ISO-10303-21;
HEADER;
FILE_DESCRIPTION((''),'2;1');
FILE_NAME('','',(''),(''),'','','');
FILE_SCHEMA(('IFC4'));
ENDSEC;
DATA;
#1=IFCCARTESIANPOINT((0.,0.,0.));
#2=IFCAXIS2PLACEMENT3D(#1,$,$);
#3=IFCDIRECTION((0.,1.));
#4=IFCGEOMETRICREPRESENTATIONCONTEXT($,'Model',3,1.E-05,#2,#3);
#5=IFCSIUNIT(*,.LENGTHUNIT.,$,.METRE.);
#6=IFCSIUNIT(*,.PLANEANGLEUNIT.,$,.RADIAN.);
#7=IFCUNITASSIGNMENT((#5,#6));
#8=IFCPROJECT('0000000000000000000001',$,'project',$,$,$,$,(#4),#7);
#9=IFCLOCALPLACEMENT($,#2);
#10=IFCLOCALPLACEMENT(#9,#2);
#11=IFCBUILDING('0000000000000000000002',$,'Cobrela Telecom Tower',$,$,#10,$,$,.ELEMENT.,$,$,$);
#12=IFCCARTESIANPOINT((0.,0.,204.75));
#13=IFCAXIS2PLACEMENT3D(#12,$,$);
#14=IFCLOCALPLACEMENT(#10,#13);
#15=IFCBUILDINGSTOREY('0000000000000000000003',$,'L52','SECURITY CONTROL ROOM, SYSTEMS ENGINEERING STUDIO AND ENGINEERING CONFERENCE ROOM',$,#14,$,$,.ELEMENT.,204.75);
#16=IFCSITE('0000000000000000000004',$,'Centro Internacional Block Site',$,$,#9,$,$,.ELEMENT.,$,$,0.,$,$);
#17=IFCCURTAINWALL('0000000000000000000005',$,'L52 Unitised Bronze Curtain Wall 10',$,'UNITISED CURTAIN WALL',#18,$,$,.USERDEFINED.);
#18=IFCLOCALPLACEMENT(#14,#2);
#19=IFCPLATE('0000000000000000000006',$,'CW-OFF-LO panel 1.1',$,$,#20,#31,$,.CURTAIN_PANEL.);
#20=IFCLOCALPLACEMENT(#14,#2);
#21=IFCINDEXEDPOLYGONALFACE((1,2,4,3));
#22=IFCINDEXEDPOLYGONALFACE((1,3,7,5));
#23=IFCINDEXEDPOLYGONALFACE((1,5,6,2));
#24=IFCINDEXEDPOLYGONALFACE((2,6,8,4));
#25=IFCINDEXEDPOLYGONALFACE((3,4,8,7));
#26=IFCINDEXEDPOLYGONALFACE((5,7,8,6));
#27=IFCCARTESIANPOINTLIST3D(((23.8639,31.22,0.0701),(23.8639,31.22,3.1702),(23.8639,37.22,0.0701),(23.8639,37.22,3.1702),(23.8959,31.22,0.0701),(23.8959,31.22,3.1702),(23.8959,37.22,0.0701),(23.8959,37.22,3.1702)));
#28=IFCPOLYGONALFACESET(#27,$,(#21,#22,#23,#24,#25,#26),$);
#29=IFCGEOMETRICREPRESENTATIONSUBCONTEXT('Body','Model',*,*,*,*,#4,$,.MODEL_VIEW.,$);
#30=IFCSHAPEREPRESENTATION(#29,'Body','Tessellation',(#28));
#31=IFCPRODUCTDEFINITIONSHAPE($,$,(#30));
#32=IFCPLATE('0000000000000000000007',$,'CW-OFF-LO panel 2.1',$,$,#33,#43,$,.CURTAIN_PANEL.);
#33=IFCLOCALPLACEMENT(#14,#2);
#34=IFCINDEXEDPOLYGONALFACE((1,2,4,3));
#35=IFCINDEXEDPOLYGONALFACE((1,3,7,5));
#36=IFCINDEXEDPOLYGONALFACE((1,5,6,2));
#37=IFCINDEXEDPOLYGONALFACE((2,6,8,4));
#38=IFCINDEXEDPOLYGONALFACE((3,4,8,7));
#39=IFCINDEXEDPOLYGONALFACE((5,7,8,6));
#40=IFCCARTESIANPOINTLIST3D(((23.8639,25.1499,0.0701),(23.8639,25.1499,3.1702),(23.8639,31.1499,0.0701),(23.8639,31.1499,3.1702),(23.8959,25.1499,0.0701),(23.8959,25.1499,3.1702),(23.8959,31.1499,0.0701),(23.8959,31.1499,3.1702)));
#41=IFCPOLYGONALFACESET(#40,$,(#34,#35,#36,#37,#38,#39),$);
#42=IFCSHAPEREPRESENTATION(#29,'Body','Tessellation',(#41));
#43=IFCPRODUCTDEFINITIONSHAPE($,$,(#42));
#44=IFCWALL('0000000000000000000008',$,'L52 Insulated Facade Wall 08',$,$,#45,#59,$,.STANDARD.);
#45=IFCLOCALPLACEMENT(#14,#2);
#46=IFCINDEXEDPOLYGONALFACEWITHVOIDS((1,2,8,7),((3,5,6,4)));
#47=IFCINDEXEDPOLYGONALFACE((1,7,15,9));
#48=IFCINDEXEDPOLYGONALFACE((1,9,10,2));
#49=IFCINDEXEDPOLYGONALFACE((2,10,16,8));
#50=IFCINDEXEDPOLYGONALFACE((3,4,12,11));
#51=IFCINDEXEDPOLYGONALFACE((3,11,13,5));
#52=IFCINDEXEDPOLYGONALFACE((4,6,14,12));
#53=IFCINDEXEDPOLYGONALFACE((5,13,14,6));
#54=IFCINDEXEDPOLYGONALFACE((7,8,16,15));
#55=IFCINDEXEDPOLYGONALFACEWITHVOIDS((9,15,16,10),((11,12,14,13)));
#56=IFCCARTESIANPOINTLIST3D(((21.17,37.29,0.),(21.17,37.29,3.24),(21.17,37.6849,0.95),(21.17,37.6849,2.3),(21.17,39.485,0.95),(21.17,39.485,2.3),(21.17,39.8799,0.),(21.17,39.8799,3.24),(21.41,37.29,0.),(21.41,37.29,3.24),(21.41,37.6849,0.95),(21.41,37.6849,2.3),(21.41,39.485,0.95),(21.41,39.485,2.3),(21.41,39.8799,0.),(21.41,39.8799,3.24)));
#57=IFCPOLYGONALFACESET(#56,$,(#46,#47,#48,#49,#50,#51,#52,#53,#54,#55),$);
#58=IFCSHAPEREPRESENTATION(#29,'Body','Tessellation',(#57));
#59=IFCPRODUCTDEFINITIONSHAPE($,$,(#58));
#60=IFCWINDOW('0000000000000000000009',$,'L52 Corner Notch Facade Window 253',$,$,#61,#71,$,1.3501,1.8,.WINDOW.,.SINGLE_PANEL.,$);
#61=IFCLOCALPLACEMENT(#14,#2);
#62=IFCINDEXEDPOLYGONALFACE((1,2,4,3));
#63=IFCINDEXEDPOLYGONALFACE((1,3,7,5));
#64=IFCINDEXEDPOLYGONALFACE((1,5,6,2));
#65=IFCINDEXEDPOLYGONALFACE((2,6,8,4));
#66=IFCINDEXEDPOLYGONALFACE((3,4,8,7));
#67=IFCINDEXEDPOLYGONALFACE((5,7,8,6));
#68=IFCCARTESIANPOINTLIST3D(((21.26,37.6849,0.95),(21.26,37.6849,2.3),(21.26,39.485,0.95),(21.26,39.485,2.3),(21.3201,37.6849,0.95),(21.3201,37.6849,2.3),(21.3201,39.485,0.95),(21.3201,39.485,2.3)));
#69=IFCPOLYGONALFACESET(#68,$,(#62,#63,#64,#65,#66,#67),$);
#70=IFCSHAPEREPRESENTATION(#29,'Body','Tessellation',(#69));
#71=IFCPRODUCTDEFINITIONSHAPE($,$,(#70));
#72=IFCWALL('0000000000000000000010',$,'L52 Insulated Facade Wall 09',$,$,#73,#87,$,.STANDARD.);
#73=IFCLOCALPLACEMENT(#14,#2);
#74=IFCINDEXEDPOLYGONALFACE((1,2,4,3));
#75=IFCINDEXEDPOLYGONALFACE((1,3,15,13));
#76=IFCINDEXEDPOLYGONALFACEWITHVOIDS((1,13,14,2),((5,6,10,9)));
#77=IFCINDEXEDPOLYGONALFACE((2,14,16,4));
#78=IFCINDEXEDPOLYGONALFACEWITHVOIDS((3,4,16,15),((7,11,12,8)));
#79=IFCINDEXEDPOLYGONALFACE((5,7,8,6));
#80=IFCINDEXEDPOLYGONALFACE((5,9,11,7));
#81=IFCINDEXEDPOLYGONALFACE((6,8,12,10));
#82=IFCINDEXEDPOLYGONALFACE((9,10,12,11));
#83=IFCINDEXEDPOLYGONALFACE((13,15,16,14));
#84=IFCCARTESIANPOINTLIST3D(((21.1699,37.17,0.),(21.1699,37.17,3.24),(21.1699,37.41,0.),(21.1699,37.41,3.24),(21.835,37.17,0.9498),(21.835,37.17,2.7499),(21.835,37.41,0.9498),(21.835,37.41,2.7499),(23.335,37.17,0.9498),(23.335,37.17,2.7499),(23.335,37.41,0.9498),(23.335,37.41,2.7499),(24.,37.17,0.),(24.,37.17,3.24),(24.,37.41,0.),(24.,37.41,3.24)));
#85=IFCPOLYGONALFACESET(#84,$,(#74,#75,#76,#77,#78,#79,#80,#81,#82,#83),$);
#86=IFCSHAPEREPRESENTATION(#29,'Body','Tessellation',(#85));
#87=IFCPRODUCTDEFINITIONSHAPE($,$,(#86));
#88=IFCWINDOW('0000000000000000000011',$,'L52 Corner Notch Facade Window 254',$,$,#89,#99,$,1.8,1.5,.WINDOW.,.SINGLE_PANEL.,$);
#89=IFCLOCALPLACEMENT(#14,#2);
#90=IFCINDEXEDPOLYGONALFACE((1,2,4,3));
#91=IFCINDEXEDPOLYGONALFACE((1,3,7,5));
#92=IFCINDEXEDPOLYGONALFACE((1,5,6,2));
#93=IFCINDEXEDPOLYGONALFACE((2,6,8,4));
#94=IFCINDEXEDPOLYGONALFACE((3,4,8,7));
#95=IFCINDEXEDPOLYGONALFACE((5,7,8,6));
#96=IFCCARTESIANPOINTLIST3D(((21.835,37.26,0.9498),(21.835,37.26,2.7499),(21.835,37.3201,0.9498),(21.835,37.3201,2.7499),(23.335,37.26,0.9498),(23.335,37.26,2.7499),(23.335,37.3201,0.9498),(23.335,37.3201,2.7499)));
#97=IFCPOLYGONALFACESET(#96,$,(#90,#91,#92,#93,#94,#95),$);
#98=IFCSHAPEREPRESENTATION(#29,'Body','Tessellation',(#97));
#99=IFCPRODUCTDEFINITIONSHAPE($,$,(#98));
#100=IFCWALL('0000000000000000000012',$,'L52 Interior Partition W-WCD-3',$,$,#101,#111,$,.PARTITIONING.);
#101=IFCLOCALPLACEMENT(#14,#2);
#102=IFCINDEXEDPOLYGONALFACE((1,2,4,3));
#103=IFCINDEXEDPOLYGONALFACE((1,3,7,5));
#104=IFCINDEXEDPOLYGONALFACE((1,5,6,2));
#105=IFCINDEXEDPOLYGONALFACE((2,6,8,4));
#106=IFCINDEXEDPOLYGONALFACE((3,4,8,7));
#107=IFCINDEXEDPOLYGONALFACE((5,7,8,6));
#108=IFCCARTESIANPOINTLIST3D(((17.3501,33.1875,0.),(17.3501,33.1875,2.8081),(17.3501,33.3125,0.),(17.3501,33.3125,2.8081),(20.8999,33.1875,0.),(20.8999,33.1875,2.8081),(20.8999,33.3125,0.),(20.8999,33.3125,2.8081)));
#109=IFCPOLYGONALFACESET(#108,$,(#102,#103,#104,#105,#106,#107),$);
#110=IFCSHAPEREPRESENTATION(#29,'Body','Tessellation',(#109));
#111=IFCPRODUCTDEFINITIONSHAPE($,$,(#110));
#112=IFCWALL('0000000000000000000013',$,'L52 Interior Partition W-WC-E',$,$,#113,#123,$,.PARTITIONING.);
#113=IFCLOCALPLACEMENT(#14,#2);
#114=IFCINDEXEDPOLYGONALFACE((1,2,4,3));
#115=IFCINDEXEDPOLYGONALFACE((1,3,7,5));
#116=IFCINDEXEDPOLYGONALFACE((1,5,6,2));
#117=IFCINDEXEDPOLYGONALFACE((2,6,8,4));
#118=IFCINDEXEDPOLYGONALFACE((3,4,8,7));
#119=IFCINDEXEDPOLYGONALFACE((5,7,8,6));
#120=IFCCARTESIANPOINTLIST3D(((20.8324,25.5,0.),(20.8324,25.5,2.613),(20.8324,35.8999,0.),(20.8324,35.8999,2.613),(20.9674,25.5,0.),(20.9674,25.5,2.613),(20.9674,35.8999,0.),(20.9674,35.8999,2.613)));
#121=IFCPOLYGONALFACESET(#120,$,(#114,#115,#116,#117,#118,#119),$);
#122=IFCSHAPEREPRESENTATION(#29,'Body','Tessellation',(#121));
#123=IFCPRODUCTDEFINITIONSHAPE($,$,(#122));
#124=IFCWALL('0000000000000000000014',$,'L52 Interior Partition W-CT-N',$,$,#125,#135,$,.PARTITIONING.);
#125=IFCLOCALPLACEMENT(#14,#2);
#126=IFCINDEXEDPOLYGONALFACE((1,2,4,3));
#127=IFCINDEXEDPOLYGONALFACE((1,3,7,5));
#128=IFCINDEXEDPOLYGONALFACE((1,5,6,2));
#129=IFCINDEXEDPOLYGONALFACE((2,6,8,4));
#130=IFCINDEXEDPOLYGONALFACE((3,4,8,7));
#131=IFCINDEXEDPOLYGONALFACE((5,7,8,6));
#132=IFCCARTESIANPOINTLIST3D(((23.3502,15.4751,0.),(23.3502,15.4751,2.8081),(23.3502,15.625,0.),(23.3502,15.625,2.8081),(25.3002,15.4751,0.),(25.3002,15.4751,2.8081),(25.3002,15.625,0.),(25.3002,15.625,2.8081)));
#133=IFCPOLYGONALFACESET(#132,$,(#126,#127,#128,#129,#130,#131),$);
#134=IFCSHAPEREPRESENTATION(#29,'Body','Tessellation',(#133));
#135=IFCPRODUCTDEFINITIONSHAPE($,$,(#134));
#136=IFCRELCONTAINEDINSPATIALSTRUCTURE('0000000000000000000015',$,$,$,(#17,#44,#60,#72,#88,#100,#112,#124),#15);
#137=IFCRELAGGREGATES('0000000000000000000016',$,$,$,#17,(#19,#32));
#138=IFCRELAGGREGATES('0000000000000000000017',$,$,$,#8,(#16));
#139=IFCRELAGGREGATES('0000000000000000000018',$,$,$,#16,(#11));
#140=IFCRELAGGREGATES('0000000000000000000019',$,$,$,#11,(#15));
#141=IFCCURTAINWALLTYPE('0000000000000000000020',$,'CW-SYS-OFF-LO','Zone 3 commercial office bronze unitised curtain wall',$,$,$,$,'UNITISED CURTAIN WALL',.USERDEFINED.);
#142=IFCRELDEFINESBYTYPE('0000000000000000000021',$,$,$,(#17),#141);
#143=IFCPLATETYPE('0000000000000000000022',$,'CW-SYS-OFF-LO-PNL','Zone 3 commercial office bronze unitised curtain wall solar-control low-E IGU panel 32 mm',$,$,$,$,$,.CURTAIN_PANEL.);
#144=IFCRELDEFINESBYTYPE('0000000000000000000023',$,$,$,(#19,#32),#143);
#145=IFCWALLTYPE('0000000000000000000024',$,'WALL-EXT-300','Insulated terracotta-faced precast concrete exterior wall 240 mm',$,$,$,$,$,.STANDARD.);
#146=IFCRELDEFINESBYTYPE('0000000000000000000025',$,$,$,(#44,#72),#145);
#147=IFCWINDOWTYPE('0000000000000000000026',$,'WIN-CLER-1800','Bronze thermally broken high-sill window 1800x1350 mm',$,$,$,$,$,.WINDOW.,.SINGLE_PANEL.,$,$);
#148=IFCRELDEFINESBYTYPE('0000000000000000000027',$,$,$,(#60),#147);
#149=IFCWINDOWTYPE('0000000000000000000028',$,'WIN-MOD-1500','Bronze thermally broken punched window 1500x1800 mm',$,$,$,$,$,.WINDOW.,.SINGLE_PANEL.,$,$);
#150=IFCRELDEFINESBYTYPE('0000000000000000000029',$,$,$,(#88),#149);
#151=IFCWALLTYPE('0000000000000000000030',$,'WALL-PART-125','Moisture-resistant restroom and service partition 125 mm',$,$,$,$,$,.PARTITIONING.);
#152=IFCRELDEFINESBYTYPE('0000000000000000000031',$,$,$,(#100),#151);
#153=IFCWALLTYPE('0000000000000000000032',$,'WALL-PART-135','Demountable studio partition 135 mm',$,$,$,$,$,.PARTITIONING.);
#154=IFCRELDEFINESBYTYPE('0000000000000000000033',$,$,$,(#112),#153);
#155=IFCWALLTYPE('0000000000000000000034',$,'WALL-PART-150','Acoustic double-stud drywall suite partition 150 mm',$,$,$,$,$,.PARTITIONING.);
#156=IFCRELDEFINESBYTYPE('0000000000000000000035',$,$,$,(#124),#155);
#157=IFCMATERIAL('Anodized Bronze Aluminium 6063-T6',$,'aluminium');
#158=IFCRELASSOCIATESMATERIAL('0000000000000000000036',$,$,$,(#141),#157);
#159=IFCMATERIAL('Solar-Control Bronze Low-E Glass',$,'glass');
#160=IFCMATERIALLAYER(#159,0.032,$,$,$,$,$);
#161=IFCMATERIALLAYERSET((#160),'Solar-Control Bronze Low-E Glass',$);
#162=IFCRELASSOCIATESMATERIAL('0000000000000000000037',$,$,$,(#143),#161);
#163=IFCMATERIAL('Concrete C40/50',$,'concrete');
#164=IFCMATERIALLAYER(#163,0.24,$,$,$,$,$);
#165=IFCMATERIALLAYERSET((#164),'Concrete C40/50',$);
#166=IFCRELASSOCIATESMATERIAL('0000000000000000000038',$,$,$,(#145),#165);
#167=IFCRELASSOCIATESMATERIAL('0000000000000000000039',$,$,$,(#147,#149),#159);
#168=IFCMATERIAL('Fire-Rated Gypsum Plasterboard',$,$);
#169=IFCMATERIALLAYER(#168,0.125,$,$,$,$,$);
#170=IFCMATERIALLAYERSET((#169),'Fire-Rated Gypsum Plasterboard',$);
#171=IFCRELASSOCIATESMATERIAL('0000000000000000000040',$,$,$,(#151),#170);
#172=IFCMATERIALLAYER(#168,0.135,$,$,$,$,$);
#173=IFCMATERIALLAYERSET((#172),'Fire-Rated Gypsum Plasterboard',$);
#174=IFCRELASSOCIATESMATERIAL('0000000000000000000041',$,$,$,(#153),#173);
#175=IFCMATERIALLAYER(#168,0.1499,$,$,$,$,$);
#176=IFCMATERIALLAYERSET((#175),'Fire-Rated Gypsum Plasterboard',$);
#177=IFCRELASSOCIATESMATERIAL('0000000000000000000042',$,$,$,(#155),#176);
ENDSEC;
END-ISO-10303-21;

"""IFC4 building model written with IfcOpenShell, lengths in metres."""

from ifc_helpers import new_model, si_unit, direction, frame, frame_2d, origin, origin_2d, place, context, subcontext, project, spatial, rectangle, extrude, material, layer, layer_set, type_object, element, fill, aggregate, save


model = new_model("IFC4")

# Units and contexts
model_context = context("Model", 3, precision=1e-05, world=origin(), true_north=direction((0.0, 1.0)))
body_context = subcontext(model_context, "Body", "Model", "MODEL_VIEW")
ifc_project = project(units=[si_unit("LENGTHUNIT", "METRE"), si_unit("PLANEANGLEUNIT", "RADIAN")], contexts=[model_context])

# Site, building, storey
site_placement = place(None, origin())
site = spatial("IfcSite", under=ifc_project, at=site_placement, Name="Centro Internacional Block Site", CompositionType="ELEMENT", RefElevation=0.0)
building_placement = place(site_placement, origin())
building = spatial("IfcBuilding", under=site, at=building_placement, Name="Cobrela Telecom Tower", CompositionType="ELEMENT")
storey_placement = place(building_placement, frame((0.0, 0.0, 204.75)))
storey = spatial("IfcBuildingStorey", under=building, at=storey_placement, Name="L52", Description="SECURITY CONTROL ROOM, SYSTEMS ENGINEERING STUDIO AND ENGINEERING CONFERENCE ROOM", CompositionType="ELEMENT", Elevation=204.75)

# Shared definitions
ifc_material_1 = material(Name="Anodized Bronze Aluminium 6063-T6", Category="aluminium")
curtain_wall_type = type_object("IfcCurtainWallType", Name="CW-SYS-OFF-LO", Description="Zone 3 commercial office bronze unitised curtain wall", ElementType="UNITISED CURTAIN WALL", PredefinedType="USERDEFINED", material=ifc_material_1)

# Curtain wall
curtain_wall_1_placement = place(storey_placement, origin())
curtain_wall_1 = element("IfcCurtainWall", 1, at=curtain_wall_1_placement, inside=storey, type_object=curtain_wall_type, Name="L52 Unitised Bronze Curtain Wall 10", ObjectType="UNITISED CURTAIN WALL", PredefinedType="USERDEFINED")

# Plates
ifc_material_2 = material(Name="Solar-Control Bronze Low-E Glass", Category="glass")
ifc_layer_1 = layer(ifc_material_2, 0.032)
ifc_layer_set_1 = layer_set([ifc_layer_1], Name="Solar-Control Bronze Low-E Glass")
plate_type = type_object("IfcPlateType", Name="CW-SYS-OFF-LO-PNL", Description="Zone 3 commercial office bronze unitised curtain wall solar-control low-E IGU panel 32 mm", PredefinedType="CURTAIN_PANEL", material=ifc_layer_set_1)
plate_1_placement = place(storey_placement, frame((23.8799, 34.22, 0.0701), z_axis=(0.0, 0.0, 1.0), x_axis=(0.0, -1.0, 0.0)))
plate_1 = element("IfcPlate", 2, at=plate_1_placement, type_object=plate_type, Name="CW-OFF-LO panel 1.1", PredefinedType="CURTAIN_PANEL", context=body_context, shape_type="SweptSolid", body=[
    extrude(rectangle(XDim=6.0, YDim=0.032, at=origin_2d()), origin(), (0.0, 0.0, 1.0), 3.1001),
])
plate_2_placement = place(storey_placement, frame((23.8799, 28.1499, 0.0701), z_axis=(0.0, 0.0, 1.0), x_axis=(0.0, -1.0, 0.0)))
plate_2 = element("IfcPlate", 3, at=plate_2_placement, type_object=plate_type, Name="CW-OFF-LO panel 2.1", PredefinedType="CURTAIN_PANEL", context=body_context, shape_type="SweptSolid", body=[
    extrude(rectangle(XDim=6.0, YDim=0.032, at=origin_2d()), origin(), (0.0, 0.0, 1.0), 3.1001),
])
aggregate(curtain_wall_1, [plate_1, plate_2])

# Walls, openings, windows
ifc_material_3 = material(Name="Concrete C40/50", Category="concrete")
ifc_layer_2 = layer(ifc_material_3, 0.24)
ifc_layer_set_2 = layer_set([ifc_layer_2], Name="Concrete C40/50")
wall_type_1 = type_object("IfcWallType", Name="WALL-EXT-300", Description="Insulated terracotta-faced precast concrete exterior wall 240 mm", PredefinedType="STANDARD", material=ifc_layer_set_2)
wall_1_placement = place(storey_placement, frame((21.29, 39.8799, 0.0), z_axis=(0.0, 0.0, 1.0), x_axis=(0.0, -1.0, 0.0)))
wall_1 = element("IfcWall", 4, at=wall_1_placement, inside=storey, type_object=wall_type_1, Name="L52 Insulated Facade Wall 08", PredefinedType="STANDARD", context=body_context, shape_type="SweptSolid", body=[
    extrude(rectangle(XDim=2.5898, YDim=0.24, at=frame_2d((1.2949, 0.0))), origin(), (0.0, 0.0, 1.0), 3.24),
])
opening_1_placement = place(wall_1_placement, frame((0.395, 0.0, 0.95)))
opening_1 = element("IfcOpeningElement", 5, at=opening_1_placement, cuts=wall_1, PredefinedType="OPENING", context=body_context, shape_type="SweptSolid", body=[
    extrude(rectangle(XDim=1.8, YDim=1.3501, at=frame_2d((0.8999, 0.675))), frame((0.0, 0.1318, 0.0), z_axis=(0.0, -1.0, 0.0), x_axis=(1.0, 0.0, 0.0)), (0.0, 0.0, 1.0), 0.2639),
])
window_type_1 = type_object("IfcWindowType", Name="WIN-CLER-1800", Description="Bronze thermally broken high-sill window 1800x1350 mm", PartitioningType="SINGLE_PANEL", PredefinedType="WINDOW", material=ifc_material_2)
window_1_placement = place(opening_1_placement, origin())
window_1 = element("IfcWindow", 6, at=window_1_placement, inside=storey, type_object=window_type_1, Name="L52 Corner Notch Facade Window 253", OverallHeight=1.3501, OverallWidth=1.8, PartitioningType="SINGLE_PANEL", PredefinedType="WINDOW", context=body_context, shape_type="SweptSolid", body=[
    extrude(rectangle(XDim=1.8, YDim=1.3501, at=frame_2d((0.8999, 0.675))), frame((0.0, 0.03, 0.0), z_axis=(0.0, -1.0, 0.0), x_axis=(1.0, 0.0, 0.0)), (0.0, 0.0, 1.0), 0.0601),
])
fill(opening_1, window_1)
wall_2_placement = place(storey_placement, frame((21.1699, 37.29, 0.0), z_axis=(0.0, 0.0, 1.0), x_axis=(1.0, 0.0, 0.0)))
wall_2 = element("IfcWall", 7, at=wall_2_placement, inside=storey, type_object=wall_type_1, Name="L52 Insulated Facade Wall 09", PredefinedType="STANDARD", context=body_context, shape_type="SweptSolid", body=[
    extrude(rectangle(XDim=2.8301, YDim=0.24, at=frame_2d((1.415, 0.0))), origin(), (0.0, 0.0, 1.0), 3.24),
])
opening_2_placement = place(wall_2_placement, frame((0.665, 0.0, 0.95)))
opening_2 = element("IfcOpeningElement", 8, at=opening_2_placement, cuts=wall_2, PredefinedType="OPENING", context=body_context, shape_type="SweptSolid", body=[
    extrude(rectangle(XDim=1.5, YDim=1.8, at=frame_2d((0.75, 0.8999))), frame((0.0, 0.1318, 0.0), z_axis=(0.0, -1.0, 0.0), x_axis=(1.0, 0.0, 0.0)), (0.0, 0.0, 1.0), 0.2639),
])
window_type_2 = type_object("IfcWindowType", Name="WIN-MOD-1500", Description="Bronze thermally broken punched window 1500x1800 mm", PartitioningType="SINGLE_PANEL", PredefinedType="WINDOW", material=ifc_material_2)
window_2_placement = place(opening_2_placement, origin())
window_2 = element("IfcWindow", 9, at=window_2_placement, inside=storey, type_object=window_type_2, Name="L52 Corner Notch Facade Window 254", OverallHeight=1.8, OverallWidth=1.5, PartitioningType="SINGLE_PANEL", PredefinedType="WINDOW", context=body_context, shape_type="SweptSolid", body=[
    extrude(rectangle(XDim=1.5, YDim=1.8, at=frame_2d((0.75, 0.8999))), frame((0.0, 0.03, 0.0), z_axis=(0.0, -1.0, 0.0), x_axis=(1.0, 0.0, 0.0)), (0.0, 0.0, 1.0), 0.0601),
])
fill(opening_2, window_2)

# Walls
ifc_material_4 = material(Name="Fire-Rated Gypsum Plasterboard")
ifc_layer_3 = layer(ifc_material_4, 0.125)
ifc_layer_set_3 = layer_set([ifc_layer_3], Name="Fire-Rated Gypsum Plasterboard")
wall_type_2 = type_object("IfcWallType", Name="WALL-PART-125", Description="Moisture-resistant restroom and service partition 125 mm", PredefinedType="PARTITIONING", material=ifc_layer_set_3)
wall_3_placement = place(storey_placement, frame((17.3501, 33.25, 0.0), z_axis=(0.0, 0.0, 1.0), x_axis=(1.0, 0.0, 0.0)))
element("IfcWall", 10, at=wall_3_placement, inside=storey, type_object=wall_type_2, Name="L52 Interior Partition W-WCD-3", PredefinedType="PARTITIONING", context=body_context, shape_type="SweptSolid", body=[
    extrude(rectangle(XDim=3.5498, YDim=0.125, at=frame_2d((1.7749, 0.0))), origin(), (0.0, 0.0, 1.0), 2.8081),
])
ifc_layer_4 = layer(ifc_material_4, 0.135)
ifc_layer_set_4 = layer_set([ifc_layer_4], Name="Fire-Rated Gypsum Plasterboard")
wall_type_3 = type_object("IfcWallType", Name="WALL-PART-135", Description="Demountable studio partition 135 mm", PredefinedType="PARTITIONING", material=ifc_layer_set_4)
wall_4_placement = place(storey_placement, frame((20.8999, 25.5, 0.0), z_axis=(0.0, 0.0, 1.0), x_axis=(0.0, 1.0, 0.0)))
element("IfcWall", 11, at=wall_4_placement, inside=storey, type_object=wall_type_3, Name="L52 Interior Partition W-WC-E", PredefinedType="PARTITIONING", context=body_context, shape_type="SweptSolid", body=[
    extrude(rectangle(XDim=10.3999, YDim=0.135, at=frame_2d((5.2, 0.0))), origin(), (0.0, 0.0, 1.0), 2.613),
])
ifc_layer_5 = layer(ifc_material_4, 0.1499)
ifc_layer_set_5 = layer_set([ifc_layer_5], Name="Fire-Rated Gypsum Plasterboard")
wall_type_4 = type_object("IfcWallType", Name="WALL-PART-150", Description="Acoustic double-stud drywall suite partition 150 mm", PredefinedType="PARTITIONING", material=ifc_layer_set_5)
wall_5_placement = place(storey_placement, frame((23.3501, 15.55, 0.0), z_axis=(0.0, 0.0, 1.0), x_axis=(1.0, 0.0, 0.0)))
element("IfcWall", 12, at=wall_5_placement, inside=storey, type_object=wall_type_4, Name="L52 Interior Partition W-CT-N", PredefinedType="PARTITIONING", context=body_context, shape_type="SweptSolid", body=[
    extrude(rectangle(XDim=1.95, YDim=0.1499, at=frame_2d((0.9751, 0.0))), origin(), (0.0, 0.0, 1.0), 2.8081),
])

save(model, "model.ifc")
